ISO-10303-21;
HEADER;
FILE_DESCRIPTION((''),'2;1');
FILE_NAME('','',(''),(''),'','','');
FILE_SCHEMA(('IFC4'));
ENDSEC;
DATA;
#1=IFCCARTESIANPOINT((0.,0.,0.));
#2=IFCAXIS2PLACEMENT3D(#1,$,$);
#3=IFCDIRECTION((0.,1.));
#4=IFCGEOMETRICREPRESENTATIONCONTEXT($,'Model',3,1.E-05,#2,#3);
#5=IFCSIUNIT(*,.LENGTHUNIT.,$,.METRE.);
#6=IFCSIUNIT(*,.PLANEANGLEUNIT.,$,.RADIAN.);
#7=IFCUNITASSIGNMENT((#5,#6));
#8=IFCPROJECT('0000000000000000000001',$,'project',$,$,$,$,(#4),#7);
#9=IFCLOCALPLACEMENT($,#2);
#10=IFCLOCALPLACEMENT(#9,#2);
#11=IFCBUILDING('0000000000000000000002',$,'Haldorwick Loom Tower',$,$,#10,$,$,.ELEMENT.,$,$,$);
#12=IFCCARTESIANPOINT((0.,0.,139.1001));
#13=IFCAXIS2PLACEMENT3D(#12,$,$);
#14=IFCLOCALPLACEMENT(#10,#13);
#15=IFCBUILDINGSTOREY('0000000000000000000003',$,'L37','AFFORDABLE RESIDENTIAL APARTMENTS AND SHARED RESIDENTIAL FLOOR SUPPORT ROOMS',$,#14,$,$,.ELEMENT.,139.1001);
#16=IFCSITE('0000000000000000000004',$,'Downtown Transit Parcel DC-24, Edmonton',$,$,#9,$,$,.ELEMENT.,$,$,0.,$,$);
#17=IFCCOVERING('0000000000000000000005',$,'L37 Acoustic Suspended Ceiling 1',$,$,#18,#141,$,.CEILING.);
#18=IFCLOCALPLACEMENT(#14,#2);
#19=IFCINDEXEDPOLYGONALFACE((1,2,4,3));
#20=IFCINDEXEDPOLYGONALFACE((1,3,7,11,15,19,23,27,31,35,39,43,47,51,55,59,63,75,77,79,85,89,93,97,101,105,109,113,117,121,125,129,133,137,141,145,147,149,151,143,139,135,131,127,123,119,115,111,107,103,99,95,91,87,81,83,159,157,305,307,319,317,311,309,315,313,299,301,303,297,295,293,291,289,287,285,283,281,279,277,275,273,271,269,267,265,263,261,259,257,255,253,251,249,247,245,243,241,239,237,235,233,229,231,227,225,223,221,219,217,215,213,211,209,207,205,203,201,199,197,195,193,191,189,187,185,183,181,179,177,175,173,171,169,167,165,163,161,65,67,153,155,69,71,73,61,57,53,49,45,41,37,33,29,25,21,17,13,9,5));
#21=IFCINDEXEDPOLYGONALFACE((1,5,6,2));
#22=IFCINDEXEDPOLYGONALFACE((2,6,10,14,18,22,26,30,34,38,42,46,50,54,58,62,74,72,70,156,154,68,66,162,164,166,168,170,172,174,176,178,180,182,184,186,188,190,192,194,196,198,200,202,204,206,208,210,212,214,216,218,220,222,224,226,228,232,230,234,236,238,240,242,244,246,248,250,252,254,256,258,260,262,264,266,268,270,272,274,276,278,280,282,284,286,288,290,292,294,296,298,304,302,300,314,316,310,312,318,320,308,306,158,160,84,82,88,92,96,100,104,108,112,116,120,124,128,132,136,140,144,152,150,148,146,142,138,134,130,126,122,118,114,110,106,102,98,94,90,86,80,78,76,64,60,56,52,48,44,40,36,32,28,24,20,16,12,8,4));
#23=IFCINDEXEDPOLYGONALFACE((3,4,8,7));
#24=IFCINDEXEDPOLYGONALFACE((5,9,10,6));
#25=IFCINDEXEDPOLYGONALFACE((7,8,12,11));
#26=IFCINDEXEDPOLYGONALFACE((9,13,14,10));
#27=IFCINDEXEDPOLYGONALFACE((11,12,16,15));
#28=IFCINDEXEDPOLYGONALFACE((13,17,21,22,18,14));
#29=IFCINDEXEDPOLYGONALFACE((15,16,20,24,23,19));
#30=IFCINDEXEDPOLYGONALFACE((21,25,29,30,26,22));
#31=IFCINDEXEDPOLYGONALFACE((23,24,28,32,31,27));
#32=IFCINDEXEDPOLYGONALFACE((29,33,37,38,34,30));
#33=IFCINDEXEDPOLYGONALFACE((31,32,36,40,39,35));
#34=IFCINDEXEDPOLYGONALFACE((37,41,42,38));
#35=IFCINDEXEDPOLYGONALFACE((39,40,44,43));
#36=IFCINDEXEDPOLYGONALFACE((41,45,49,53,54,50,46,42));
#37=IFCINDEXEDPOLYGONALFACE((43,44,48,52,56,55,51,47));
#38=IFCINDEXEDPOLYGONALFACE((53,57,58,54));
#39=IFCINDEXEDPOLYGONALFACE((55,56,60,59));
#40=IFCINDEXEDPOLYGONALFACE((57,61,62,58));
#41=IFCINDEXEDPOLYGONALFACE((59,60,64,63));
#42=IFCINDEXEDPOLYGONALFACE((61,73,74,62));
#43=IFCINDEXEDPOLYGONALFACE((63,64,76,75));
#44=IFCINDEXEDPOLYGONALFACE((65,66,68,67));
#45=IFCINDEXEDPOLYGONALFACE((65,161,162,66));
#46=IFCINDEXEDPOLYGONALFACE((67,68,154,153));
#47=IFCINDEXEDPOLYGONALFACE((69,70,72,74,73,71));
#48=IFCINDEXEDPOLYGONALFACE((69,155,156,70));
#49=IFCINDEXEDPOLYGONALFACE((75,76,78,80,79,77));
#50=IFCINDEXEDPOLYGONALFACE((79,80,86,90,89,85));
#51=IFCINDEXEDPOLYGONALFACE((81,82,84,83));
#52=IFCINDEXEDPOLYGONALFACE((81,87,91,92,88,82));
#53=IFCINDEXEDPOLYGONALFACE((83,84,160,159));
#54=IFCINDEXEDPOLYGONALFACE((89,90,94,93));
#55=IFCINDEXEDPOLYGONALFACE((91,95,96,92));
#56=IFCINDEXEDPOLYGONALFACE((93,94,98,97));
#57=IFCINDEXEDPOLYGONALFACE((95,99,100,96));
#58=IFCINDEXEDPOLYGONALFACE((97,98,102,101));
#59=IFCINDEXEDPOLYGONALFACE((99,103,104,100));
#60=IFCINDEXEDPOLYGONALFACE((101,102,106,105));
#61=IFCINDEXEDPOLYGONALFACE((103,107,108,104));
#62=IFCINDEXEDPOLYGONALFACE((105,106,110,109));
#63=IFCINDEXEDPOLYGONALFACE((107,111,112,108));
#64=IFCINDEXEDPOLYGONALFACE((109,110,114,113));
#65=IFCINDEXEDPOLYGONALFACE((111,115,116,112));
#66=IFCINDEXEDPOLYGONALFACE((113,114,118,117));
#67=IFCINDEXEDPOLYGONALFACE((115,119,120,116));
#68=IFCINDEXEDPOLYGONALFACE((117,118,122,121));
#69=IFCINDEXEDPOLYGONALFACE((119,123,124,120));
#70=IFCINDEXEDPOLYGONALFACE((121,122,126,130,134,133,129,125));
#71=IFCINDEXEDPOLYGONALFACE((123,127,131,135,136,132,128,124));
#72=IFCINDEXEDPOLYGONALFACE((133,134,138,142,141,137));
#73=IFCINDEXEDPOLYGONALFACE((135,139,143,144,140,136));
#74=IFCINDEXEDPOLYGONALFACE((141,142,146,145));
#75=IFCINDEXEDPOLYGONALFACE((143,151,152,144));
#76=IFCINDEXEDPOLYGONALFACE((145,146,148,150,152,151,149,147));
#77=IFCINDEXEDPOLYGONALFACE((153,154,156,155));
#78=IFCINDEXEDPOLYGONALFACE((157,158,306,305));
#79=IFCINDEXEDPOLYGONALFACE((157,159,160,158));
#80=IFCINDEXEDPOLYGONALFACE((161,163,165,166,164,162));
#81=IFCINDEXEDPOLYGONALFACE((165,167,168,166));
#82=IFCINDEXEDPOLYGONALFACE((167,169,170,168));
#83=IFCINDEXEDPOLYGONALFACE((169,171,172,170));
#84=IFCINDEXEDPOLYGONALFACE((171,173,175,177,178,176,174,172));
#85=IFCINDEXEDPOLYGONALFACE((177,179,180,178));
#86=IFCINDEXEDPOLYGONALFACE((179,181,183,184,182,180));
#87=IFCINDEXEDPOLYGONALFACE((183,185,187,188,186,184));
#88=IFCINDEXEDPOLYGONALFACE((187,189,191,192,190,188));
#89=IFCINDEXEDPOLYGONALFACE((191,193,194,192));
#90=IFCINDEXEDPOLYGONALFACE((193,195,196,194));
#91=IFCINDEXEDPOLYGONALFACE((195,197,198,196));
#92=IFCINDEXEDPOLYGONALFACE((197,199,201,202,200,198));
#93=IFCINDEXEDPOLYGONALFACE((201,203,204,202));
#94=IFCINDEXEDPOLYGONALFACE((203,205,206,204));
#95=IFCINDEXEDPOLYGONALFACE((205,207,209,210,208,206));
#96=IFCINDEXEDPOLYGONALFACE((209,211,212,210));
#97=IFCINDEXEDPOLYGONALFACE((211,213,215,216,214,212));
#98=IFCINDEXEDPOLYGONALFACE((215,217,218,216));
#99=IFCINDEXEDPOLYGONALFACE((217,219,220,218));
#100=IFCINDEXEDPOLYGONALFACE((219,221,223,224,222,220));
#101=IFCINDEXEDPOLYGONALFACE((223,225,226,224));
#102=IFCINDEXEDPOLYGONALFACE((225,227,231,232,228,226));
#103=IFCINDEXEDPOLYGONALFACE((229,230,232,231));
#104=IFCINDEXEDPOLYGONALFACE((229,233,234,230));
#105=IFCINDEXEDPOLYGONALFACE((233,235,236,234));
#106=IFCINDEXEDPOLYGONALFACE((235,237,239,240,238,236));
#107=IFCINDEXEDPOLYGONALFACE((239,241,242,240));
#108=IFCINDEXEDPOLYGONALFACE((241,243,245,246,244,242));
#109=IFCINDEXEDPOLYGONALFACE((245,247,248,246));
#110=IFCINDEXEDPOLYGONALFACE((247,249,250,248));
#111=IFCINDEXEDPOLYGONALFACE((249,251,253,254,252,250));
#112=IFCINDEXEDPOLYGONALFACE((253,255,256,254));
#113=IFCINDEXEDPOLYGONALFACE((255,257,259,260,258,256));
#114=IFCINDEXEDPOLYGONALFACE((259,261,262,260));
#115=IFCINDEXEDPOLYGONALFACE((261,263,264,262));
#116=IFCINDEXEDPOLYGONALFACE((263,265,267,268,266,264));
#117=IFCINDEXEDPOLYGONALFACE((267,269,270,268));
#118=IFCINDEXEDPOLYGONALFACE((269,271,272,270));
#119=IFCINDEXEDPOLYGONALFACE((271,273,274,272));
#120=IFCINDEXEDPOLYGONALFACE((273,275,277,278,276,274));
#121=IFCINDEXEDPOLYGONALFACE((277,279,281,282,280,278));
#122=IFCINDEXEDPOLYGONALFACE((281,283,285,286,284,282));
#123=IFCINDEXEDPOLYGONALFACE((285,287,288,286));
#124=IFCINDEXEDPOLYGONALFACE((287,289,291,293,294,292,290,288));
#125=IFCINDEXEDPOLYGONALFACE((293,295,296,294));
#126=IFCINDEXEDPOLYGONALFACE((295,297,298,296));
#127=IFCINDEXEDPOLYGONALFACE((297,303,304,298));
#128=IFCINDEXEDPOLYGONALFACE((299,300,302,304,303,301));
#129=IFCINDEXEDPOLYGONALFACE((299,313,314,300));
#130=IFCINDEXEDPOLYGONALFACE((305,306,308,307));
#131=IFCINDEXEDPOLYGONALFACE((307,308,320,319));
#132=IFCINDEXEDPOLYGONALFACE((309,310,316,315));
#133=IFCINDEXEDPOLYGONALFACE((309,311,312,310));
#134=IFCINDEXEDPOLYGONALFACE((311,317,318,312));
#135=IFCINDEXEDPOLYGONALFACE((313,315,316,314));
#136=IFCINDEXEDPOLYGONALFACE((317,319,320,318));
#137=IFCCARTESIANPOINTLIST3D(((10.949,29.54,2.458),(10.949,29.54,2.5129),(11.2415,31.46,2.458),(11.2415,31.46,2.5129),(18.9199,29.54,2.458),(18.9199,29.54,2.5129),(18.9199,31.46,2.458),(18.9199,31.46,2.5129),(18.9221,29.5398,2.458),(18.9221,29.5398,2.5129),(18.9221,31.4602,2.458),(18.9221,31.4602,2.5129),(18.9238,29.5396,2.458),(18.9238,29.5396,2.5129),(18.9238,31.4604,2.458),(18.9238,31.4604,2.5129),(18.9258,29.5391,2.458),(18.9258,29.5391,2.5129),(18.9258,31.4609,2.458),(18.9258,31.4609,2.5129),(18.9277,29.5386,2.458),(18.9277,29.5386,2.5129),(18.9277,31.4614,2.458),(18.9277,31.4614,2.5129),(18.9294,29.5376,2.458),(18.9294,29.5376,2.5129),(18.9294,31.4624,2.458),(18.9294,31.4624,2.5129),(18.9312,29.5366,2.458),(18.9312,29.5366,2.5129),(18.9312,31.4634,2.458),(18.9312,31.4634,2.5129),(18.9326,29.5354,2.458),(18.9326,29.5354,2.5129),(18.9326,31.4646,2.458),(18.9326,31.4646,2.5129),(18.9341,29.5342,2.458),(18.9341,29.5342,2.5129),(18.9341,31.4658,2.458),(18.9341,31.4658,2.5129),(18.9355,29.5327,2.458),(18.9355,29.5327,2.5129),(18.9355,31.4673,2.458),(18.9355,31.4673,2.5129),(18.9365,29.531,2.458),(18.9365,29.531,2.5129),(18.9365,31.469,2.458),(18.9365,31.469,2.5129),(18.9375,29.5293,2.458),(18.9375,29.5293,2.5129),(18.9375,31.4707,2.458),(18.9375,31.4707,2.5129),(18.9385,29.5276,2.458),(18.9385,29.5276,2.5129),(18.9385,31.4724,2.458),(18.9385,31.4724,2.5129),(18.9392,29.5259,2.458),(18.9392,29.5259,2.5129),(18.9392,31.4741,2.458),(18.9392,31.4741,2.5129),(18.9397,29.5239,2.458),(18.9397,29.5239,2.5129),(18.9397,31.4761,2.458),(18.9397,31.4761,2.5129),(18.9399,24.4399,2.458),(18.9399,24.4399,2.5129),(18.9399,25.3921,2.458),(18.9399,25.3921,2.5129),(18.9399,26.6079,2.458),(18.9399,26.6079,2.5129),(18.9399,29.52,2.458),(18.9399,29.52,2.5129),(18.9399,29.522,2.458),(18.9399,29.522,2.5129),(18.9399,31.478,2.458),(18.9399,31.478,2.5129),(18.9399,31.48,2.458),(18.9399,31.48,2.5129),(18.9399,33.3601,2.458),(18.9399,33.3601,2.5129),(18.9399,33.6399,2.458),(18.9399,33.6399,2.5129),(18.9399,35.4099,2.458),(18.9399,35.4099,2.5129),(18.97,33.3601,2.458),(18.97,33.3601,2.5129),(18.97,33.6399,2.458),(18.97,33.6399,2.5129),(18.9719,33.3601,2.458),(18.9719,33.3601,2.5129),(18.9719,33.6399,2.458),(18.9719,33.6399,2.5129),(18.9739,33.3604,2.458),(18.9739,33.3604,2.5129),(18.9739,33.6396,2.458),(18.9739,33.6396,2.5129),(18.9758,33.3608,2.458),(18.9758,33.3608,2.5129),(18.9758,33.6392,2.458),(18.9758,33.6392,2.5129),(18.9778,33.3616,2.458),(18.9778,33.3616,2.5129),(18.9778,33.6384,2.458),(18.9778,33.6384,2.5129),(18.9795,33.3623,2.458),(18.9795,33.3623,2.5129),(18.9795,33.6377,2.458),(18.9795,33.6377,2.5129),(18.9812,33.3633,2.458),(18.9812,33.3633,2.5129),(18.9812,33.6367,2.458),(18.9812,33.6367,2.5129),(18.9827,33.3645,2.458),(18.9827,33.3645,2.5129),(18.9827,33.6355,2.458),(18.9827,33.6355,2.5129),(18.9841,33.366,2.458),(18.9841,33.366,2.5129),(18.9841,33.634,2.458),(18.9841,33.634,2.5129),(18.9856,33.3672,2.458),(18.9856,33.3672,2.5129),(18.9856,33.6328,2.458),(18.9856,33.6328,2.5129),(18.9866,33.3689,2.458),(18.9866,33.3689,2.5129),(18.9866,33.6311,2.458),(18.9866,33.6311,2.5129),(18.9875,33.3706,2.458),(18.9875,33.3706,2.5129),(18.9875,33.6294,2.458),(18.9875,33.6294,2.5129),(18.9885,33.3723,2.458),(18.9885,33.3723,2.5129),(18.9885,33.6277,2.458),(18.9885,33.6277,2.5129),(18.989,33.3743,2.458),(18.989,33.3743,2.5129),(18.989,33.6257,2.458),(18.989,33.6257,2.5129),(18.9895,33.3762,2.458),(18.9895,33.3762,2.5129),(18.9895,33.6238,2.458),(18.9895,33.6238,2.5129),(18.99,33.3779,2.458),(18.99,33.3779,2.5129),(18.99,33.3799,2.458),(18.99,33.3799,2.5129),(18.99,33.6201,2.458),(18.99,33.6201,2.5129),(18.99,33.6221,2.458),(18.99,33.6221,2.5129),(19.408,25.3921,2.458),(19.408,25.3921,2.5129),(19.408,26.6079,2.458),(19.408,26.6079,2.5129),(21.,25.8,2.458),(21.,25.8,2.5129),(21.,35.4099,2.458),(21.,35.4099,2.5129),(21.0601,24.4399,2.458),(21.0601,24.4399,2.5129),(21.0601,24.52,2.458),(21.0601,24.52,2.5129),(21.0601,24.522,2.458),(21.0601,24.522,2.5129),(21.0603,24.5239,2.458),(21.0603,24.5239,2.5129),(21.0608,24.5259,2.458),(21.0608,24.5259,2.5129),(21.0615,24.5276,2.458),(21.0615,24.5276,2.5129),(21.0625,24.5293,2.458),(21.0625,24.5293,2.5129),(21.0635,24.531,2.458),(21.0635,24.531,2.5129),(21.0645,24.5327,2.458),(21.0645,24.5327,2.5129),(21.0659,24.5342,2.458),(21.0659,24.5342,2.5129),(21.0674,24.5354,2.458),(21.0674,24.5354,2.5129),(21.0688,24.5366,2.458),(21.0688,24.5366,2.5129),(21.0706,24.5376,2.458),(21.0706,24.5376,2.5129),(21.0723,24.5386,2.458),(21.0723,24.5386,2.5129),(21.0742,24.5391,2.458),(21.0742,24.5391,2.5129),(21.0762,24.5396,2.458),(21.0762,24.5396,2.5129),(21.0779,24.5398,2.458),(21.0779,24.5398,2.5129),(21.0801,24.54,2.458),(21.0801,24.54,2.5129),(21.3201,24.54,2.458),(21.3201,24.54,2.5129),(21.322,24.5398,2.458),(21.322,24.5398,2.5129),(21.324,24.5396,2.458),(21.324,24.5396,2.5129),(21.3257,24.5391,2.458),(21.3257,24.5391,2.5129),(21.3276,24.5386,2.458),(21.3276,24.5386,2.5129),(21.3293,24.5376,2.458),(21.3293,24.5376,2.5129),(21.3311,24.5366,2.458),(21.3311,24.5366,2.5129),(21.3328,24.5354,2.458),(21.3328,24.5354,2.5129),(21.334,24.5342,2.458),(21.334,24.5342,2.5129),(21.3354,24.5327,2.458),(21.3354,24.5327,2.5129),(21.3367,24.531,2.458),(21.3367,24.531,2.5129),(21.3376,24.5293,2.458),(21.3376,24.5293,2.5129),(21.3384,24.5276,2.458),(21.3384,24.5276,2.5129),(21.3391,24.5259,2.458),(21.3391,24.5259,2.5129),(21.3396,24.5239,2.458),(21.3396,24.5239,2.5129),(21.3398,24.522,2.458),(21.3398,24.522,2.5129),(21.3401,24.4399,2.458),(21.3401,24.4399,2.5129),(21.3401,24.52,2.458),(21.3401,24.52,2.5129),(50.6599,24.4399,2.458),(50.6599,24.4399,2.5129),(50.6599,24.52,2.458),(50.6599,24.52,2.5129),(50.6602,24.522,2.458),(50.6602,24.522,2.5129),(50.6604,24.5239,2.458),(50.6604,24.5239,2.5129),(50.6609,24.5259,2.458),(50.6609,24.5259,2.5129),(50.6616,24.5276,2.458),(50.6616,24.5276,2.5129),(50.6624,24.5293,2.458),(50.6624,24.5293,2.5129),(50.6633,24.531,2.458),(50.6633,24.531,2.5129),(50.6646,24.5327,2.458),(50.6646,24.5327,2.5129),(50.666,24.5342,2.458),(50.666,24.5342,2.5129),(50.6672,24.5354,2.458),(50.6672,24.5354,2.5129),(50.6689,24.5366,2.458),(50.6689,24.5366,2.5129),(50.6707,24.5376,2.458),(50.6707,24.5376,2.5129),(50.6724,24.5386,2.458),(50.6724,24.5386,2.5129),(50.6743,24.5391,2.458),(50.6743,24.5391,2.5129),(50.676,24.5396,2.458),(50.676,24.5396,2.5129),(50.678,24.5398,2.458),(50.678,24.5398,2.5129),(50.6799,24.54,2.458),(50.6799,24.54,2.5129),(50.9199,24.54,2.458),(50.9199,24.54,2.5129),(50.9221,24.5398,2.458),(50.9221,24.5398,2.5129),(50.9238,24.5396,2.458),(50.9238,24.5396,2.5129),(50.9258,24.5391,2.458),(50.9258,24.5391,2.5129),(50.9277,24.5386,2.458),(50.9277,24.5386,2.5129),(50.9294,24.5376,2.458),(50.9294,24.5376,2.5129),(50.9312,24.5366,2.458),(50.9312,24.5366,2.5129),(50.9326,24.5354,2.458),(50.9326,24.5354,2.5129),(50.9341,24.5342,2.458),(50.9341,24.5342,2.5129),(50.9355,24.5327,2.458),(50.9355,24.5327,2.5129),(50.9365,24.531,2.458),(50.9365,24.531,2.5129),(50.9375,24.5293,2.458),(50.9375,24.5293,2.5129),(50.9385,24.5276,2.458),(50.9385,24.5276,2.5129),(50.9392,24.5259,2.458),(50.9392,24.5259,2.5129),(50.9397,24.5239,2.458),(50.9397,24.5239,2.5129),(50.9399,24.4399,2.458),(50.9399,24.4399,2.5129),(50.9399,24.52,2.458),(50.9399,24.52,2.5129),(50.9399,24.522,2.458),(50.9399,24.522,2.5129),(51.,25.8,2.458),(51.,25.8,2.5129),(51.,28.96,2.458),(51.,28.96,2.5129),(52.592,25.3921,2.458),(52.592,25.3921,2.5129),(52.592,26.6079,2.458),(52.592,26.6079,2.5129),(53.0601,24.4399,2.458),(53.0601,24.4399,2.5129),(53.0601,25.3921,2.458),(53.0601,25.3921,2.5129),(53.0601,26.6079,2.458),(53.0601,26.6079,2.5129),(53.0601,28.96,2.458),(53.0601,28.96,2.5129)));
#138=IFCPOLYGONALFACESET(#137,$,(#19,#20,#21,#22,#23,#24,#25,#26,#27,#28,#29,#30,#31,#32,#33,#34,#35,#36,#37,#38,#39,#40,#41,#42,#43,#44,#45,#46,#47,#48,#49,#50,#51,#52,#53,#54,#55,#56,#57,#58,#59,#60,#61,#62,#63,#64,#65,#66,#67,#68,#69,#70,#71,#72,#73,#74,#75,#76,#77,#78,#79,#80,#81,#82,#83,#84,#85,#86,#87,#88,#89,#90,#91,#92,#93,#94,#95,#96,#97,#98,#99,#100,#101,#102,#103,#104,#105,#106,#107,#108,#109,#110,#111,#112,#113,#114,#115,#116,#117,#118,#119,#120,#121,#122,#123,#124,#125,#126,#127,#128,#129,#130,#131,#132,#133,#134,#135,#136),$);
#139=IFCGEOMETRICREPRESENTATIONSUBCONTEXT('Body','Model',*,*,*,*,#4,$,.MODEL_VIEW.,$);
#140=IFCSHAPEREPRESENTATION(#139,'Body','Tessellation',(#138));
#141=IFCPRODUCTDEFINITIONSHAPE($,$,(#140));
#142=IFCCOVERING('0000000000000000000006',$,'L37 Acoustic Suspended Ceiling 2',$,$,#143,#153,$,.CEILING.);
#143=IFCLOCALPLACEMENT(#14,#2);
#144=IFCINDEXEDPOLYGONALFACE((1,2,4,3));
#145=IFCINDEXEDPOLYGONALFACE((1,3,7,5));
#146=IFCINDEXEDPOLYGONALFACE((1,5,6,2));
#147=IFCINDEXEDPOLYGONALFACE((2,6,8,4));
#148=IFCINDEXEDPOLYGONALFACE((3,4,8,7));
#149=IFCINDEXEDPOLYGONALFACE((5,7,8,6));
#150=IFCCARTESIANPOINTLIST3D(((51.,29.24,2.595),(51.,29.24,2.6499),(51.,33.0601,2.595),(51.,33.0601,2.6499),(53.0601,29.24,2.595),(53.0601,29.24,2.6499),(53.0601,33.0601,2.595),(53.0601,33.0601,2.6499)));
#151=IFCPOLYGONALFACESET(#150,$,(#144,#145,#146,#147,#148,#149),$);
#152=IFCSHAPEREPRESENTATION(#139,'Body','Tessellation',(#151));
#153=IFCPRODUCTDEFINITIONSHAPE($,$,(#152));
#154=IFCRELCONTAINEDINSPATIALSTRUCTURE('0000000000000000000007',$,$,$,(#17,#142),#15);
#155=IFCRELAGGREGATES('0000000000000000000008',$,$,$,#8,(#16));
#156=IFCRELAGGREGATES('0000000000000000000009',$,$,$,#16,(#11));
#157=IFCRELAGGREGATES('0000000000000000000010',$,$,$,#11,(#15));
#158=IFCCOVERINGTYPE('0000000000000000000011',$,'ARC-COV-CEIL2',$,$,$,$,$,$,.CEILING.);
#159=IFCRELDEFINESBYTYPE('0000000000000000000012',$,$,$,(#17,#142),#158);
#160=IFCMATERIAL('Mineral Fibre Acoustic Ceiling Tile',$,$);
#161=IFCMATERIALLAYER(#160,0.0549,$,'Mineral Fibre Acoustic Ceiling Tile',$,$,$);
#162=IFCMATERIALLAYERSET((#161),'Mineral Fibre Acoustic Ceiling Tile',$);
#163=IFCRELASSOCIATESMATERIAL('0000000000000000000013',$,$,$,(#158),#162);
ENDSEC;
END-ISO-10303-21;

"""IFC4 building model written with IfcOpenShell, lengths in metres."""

from ifc_helpers import new_model, si_unit, direction, frame, origin, place, context, subcontext, project, spatial, polyline, outline, extrude, material, layer, layer_set, type_object, element, save


model = new_model("IFC4")

# Units and contexts
model_context = context("Model", 3, precision=1e-05, world=origin(), true_north=direction((0.0, 1.0)))
body_context = subcontext(model_context, "Body", "Model", "MODEL_VIEW")
ifc_project = project(units=[si_unit("LENGTHUNIT", "METRE"), si_unit("PLANEANGLEUNIT", "RADIAN")], contexts=[model_context])

# Site, building, storey
site_placement = place(None, origin())
site = spatial("IfcSite", under=ifc_project, at=site_placement, Name="Downtown Transit Parcel DC-24, Edmonton", CompositionType="ELEMENT", RefElevation=0.0)
building_placement = place(site_placement, origin())
building = spatial("IfcBuilding", under=site, at=building_placement, Name="Haldorwick Loom Tower", CompositionType="ELEMENT")
storey_placement = place(building_placement, frame((0.0, 0.0, 139.1001)))
storey = spatial("IfcBuildingStorey", under=building, at=storey_placement, Name="L37", Description="AFFORDABLE RESIDENTIAL APARTMENTS AND SHARED RESIDENTIAL FLOOR SUPPORT ROOMS", CompositionType="ELEMENT", Elevation=139.1001)

# Coverings
ifc_material_1 = material(Name="Mineral Fibre Acoustic Ceiling Tile")
ifc_layer_1 = layer(ifc_material_1, 0.0549, Name="Mineral Fibre Acoustic Ceiling Tile")
ifc_layer_set_1 = layer_set([ifc_layer_1], Name="Mineral Fibre Acoustic Ceiling Tile")
covering_type_1 = type_object("IfcCoveringType", Name="ARC-COV-CEIL2", PredefinedType="CEILING", material=ifc_layer_set_1)
covering_1_placement = place(storey_placement, frame((0.0, 0.0, 2.458)))
element("IfcCovering", 1, at=covering_1_placement, inside=storey, type_object=covering_type_1, Name="L37 Acoustic Suspended Ceiling 1", PredefinedType="CEILING", context=body_context, shape_type="SweptSolid", body=[
    extrude(outline(polyline([(10.949, 29.54), (18.9199, 29.54), (18.9221, 29.5398), (18.9238, 29.5396), (18.9258, 29.5391), (18.9277, 29.5386), (18.9294, 29.5376), (18.9312, 29.5366), (18.9326, 29.5354), (18.9341, 29.5342), (18.9355, 29.5327), (18.9365, 29.531), (18.9375, 29.5293), (18.9385, 29.5276), (18.9392, 29.5259), (18.9397, 29.5239), (18.9399, 29.522), (18.9399, 29.52), (18.9399, 26.6079), (19.408, 26.6079), (19.408, 25.3921), (18.9399, 25.3921), (18.9399, 24.4399), (21.0601, 24.4399), (21.0601, 24.52), (21.0601, 24.522), (21.0603, 24.5239), (21.0608, 24.5259), (21.0615, 24.5276), (21.0625, 24.5293), (21.0635, 24.531), (21.0645, 24.5327), (21.0659, 24.5342), (21.0674, 24.5354), (21.0688, 24.5366), (21.0706, 24.5376), (21.0723, 24.5386), (21.0742, 24.5391), (21.0762, 24.5396), (21.0779, 24.5398), (21.0801, 24.54), (21.3201, 24.54), (21.322, 24.5398), (21.324, 24.5396), (21.3257, 24.5391), (21.3276, 24.5386), (21.3293, 24.5376), (21.3311, 24.5366), (21.3328, 24.5354), (21.334, 24.5342), (21.3354, 24.5327), (21.3367, 24.531), (21.3376, 24.5293), (21.3384, 24.5276), (21.3391, 24.5259), (21.3396, 24.5239), (21.3398, 24.522), (21.3401, 24.52), (21.3401, 24.4399), (50.6599, 24.4399), (50.6599, 24.52), (50.6602, 24.522), (50.6604, 24.5239), (50.6609, 24.5259), (50.6616, 24.5276), (50.6624, 24.5293), (50.6633, 24.531), (50.6646, 24.5327), (50.666, 24.5342), (50.6672, 24.5354), (50.6689, 24.5366), (50.6707, 24.5376), (50.6724, 24.5386), (50.6743, 24.5391), (50.676, 24.5396), (50.678, 24.5398), (50.6799, 24.54), (50.9199, 24.54), (50.9221, 24.5398), (50.9238, 24.5396), (50.9258, 24.5391), (50.9277, 24.5386), (50.9294, 24.5376), (50.9312, 24.5366), (50.9326, 24.5354), (50.9341, 24.5342), (50.9355, 24.5327), (50.9365, 24.531), (50.9375, 24.5293), (50.9385, 24.5276), (50.9392, 24.5259), (50.9397, 24.5239), (50.9399, 24.522), (50.9399, 24.52), (50.9399, 24.4399), (53.0601, 24.4399), (53.0601, 25.3921), (52.592, 25.3921), (52.592, 26.6079), (53.0601, 26.6079), (53.0601, 28.96), (51.0, 28.96), (51.0, 25.8), (21.0, 25.8), (21.0, 35.4099), (18.9399, 35.4099), (18.9399, 33.6399), (18.97, 33.6399), (18.9719, 33.6399), (18.9739, 33.6396), (18.9758, 33.6392), (18.9778, 33.6384), (18.9795, 33.6377), (18.9812, 33.6367), (18.9827, 33.6355), (18.9841, 33.634), (18.9856, 33.6328), (18.9866, 33.6311), (18.9875, 33.6294), (18.9885, 33.6277), (18.989, 33.6257), (18.9895, 33.6238), (18.99, 33.6221), (18.99, 33.6201), (18.99, 33.3799), (18.99, 33.3779), (18.9895, 33.3762), (18.989, 33.3743), (18.9885, 33.3723), (18.9875, 33.3706), (18.9866, 33.3689), (18.9856, 33.3672), (18.9841, 33.366), (18.9827, 33.3645), (18.9812, 33.3633), (18.9795, 33.3623), (18.9778, 33.3616), (18.9758, 33.3608), (18.9739, 33.3604), (18.9719, 33.3601), (18.97, 33.3601), (18.9399, 33.3601), (18.9399, 31.48), (18.9399, 31.478), (18.9397, 31.4761), (18.9392, 31.4741), (18.9385, 31.4724), (18.9375, 31.4707), (18.9365, 31.469), (18.9355, 31.4673), (18.9341, 31.4658), (18.9326, 31.4646), (18.9312, 31.4634), (18.9294, 31.4624), (18.9277, 31.4614), (18.9258, 31.4609), (18.9238, 31.4604), (18.9221, 31.4602), (18.9199, 31.46), (11.2415, 31.46), (10.949, 29.54)])), origin(), (0.0, 0.0, 1.0), 0.0549),
])
covering_2_placement = place(storey_placement, frame((0.0, 0.0, 2.595)))
element("IfcCovering", 2, at=covering_2_placement, inside=storey, type_object=covering_type_1, Name="L37 Acoustic Suspended Ceiling 2", PredefinedType="CEILING", context=body_context, shape_type="SweptSolid", body=[
    extrude(outline(polyline([(51.0, 33.0601), (51.0, 29.24), (53.0601, 29.24), (53.0601, 33.0601), (51.0, 33.0601)])), origin(), (0.0, 0.0, 1.0), 0.0549),
])

save(model, "model.ifc")
